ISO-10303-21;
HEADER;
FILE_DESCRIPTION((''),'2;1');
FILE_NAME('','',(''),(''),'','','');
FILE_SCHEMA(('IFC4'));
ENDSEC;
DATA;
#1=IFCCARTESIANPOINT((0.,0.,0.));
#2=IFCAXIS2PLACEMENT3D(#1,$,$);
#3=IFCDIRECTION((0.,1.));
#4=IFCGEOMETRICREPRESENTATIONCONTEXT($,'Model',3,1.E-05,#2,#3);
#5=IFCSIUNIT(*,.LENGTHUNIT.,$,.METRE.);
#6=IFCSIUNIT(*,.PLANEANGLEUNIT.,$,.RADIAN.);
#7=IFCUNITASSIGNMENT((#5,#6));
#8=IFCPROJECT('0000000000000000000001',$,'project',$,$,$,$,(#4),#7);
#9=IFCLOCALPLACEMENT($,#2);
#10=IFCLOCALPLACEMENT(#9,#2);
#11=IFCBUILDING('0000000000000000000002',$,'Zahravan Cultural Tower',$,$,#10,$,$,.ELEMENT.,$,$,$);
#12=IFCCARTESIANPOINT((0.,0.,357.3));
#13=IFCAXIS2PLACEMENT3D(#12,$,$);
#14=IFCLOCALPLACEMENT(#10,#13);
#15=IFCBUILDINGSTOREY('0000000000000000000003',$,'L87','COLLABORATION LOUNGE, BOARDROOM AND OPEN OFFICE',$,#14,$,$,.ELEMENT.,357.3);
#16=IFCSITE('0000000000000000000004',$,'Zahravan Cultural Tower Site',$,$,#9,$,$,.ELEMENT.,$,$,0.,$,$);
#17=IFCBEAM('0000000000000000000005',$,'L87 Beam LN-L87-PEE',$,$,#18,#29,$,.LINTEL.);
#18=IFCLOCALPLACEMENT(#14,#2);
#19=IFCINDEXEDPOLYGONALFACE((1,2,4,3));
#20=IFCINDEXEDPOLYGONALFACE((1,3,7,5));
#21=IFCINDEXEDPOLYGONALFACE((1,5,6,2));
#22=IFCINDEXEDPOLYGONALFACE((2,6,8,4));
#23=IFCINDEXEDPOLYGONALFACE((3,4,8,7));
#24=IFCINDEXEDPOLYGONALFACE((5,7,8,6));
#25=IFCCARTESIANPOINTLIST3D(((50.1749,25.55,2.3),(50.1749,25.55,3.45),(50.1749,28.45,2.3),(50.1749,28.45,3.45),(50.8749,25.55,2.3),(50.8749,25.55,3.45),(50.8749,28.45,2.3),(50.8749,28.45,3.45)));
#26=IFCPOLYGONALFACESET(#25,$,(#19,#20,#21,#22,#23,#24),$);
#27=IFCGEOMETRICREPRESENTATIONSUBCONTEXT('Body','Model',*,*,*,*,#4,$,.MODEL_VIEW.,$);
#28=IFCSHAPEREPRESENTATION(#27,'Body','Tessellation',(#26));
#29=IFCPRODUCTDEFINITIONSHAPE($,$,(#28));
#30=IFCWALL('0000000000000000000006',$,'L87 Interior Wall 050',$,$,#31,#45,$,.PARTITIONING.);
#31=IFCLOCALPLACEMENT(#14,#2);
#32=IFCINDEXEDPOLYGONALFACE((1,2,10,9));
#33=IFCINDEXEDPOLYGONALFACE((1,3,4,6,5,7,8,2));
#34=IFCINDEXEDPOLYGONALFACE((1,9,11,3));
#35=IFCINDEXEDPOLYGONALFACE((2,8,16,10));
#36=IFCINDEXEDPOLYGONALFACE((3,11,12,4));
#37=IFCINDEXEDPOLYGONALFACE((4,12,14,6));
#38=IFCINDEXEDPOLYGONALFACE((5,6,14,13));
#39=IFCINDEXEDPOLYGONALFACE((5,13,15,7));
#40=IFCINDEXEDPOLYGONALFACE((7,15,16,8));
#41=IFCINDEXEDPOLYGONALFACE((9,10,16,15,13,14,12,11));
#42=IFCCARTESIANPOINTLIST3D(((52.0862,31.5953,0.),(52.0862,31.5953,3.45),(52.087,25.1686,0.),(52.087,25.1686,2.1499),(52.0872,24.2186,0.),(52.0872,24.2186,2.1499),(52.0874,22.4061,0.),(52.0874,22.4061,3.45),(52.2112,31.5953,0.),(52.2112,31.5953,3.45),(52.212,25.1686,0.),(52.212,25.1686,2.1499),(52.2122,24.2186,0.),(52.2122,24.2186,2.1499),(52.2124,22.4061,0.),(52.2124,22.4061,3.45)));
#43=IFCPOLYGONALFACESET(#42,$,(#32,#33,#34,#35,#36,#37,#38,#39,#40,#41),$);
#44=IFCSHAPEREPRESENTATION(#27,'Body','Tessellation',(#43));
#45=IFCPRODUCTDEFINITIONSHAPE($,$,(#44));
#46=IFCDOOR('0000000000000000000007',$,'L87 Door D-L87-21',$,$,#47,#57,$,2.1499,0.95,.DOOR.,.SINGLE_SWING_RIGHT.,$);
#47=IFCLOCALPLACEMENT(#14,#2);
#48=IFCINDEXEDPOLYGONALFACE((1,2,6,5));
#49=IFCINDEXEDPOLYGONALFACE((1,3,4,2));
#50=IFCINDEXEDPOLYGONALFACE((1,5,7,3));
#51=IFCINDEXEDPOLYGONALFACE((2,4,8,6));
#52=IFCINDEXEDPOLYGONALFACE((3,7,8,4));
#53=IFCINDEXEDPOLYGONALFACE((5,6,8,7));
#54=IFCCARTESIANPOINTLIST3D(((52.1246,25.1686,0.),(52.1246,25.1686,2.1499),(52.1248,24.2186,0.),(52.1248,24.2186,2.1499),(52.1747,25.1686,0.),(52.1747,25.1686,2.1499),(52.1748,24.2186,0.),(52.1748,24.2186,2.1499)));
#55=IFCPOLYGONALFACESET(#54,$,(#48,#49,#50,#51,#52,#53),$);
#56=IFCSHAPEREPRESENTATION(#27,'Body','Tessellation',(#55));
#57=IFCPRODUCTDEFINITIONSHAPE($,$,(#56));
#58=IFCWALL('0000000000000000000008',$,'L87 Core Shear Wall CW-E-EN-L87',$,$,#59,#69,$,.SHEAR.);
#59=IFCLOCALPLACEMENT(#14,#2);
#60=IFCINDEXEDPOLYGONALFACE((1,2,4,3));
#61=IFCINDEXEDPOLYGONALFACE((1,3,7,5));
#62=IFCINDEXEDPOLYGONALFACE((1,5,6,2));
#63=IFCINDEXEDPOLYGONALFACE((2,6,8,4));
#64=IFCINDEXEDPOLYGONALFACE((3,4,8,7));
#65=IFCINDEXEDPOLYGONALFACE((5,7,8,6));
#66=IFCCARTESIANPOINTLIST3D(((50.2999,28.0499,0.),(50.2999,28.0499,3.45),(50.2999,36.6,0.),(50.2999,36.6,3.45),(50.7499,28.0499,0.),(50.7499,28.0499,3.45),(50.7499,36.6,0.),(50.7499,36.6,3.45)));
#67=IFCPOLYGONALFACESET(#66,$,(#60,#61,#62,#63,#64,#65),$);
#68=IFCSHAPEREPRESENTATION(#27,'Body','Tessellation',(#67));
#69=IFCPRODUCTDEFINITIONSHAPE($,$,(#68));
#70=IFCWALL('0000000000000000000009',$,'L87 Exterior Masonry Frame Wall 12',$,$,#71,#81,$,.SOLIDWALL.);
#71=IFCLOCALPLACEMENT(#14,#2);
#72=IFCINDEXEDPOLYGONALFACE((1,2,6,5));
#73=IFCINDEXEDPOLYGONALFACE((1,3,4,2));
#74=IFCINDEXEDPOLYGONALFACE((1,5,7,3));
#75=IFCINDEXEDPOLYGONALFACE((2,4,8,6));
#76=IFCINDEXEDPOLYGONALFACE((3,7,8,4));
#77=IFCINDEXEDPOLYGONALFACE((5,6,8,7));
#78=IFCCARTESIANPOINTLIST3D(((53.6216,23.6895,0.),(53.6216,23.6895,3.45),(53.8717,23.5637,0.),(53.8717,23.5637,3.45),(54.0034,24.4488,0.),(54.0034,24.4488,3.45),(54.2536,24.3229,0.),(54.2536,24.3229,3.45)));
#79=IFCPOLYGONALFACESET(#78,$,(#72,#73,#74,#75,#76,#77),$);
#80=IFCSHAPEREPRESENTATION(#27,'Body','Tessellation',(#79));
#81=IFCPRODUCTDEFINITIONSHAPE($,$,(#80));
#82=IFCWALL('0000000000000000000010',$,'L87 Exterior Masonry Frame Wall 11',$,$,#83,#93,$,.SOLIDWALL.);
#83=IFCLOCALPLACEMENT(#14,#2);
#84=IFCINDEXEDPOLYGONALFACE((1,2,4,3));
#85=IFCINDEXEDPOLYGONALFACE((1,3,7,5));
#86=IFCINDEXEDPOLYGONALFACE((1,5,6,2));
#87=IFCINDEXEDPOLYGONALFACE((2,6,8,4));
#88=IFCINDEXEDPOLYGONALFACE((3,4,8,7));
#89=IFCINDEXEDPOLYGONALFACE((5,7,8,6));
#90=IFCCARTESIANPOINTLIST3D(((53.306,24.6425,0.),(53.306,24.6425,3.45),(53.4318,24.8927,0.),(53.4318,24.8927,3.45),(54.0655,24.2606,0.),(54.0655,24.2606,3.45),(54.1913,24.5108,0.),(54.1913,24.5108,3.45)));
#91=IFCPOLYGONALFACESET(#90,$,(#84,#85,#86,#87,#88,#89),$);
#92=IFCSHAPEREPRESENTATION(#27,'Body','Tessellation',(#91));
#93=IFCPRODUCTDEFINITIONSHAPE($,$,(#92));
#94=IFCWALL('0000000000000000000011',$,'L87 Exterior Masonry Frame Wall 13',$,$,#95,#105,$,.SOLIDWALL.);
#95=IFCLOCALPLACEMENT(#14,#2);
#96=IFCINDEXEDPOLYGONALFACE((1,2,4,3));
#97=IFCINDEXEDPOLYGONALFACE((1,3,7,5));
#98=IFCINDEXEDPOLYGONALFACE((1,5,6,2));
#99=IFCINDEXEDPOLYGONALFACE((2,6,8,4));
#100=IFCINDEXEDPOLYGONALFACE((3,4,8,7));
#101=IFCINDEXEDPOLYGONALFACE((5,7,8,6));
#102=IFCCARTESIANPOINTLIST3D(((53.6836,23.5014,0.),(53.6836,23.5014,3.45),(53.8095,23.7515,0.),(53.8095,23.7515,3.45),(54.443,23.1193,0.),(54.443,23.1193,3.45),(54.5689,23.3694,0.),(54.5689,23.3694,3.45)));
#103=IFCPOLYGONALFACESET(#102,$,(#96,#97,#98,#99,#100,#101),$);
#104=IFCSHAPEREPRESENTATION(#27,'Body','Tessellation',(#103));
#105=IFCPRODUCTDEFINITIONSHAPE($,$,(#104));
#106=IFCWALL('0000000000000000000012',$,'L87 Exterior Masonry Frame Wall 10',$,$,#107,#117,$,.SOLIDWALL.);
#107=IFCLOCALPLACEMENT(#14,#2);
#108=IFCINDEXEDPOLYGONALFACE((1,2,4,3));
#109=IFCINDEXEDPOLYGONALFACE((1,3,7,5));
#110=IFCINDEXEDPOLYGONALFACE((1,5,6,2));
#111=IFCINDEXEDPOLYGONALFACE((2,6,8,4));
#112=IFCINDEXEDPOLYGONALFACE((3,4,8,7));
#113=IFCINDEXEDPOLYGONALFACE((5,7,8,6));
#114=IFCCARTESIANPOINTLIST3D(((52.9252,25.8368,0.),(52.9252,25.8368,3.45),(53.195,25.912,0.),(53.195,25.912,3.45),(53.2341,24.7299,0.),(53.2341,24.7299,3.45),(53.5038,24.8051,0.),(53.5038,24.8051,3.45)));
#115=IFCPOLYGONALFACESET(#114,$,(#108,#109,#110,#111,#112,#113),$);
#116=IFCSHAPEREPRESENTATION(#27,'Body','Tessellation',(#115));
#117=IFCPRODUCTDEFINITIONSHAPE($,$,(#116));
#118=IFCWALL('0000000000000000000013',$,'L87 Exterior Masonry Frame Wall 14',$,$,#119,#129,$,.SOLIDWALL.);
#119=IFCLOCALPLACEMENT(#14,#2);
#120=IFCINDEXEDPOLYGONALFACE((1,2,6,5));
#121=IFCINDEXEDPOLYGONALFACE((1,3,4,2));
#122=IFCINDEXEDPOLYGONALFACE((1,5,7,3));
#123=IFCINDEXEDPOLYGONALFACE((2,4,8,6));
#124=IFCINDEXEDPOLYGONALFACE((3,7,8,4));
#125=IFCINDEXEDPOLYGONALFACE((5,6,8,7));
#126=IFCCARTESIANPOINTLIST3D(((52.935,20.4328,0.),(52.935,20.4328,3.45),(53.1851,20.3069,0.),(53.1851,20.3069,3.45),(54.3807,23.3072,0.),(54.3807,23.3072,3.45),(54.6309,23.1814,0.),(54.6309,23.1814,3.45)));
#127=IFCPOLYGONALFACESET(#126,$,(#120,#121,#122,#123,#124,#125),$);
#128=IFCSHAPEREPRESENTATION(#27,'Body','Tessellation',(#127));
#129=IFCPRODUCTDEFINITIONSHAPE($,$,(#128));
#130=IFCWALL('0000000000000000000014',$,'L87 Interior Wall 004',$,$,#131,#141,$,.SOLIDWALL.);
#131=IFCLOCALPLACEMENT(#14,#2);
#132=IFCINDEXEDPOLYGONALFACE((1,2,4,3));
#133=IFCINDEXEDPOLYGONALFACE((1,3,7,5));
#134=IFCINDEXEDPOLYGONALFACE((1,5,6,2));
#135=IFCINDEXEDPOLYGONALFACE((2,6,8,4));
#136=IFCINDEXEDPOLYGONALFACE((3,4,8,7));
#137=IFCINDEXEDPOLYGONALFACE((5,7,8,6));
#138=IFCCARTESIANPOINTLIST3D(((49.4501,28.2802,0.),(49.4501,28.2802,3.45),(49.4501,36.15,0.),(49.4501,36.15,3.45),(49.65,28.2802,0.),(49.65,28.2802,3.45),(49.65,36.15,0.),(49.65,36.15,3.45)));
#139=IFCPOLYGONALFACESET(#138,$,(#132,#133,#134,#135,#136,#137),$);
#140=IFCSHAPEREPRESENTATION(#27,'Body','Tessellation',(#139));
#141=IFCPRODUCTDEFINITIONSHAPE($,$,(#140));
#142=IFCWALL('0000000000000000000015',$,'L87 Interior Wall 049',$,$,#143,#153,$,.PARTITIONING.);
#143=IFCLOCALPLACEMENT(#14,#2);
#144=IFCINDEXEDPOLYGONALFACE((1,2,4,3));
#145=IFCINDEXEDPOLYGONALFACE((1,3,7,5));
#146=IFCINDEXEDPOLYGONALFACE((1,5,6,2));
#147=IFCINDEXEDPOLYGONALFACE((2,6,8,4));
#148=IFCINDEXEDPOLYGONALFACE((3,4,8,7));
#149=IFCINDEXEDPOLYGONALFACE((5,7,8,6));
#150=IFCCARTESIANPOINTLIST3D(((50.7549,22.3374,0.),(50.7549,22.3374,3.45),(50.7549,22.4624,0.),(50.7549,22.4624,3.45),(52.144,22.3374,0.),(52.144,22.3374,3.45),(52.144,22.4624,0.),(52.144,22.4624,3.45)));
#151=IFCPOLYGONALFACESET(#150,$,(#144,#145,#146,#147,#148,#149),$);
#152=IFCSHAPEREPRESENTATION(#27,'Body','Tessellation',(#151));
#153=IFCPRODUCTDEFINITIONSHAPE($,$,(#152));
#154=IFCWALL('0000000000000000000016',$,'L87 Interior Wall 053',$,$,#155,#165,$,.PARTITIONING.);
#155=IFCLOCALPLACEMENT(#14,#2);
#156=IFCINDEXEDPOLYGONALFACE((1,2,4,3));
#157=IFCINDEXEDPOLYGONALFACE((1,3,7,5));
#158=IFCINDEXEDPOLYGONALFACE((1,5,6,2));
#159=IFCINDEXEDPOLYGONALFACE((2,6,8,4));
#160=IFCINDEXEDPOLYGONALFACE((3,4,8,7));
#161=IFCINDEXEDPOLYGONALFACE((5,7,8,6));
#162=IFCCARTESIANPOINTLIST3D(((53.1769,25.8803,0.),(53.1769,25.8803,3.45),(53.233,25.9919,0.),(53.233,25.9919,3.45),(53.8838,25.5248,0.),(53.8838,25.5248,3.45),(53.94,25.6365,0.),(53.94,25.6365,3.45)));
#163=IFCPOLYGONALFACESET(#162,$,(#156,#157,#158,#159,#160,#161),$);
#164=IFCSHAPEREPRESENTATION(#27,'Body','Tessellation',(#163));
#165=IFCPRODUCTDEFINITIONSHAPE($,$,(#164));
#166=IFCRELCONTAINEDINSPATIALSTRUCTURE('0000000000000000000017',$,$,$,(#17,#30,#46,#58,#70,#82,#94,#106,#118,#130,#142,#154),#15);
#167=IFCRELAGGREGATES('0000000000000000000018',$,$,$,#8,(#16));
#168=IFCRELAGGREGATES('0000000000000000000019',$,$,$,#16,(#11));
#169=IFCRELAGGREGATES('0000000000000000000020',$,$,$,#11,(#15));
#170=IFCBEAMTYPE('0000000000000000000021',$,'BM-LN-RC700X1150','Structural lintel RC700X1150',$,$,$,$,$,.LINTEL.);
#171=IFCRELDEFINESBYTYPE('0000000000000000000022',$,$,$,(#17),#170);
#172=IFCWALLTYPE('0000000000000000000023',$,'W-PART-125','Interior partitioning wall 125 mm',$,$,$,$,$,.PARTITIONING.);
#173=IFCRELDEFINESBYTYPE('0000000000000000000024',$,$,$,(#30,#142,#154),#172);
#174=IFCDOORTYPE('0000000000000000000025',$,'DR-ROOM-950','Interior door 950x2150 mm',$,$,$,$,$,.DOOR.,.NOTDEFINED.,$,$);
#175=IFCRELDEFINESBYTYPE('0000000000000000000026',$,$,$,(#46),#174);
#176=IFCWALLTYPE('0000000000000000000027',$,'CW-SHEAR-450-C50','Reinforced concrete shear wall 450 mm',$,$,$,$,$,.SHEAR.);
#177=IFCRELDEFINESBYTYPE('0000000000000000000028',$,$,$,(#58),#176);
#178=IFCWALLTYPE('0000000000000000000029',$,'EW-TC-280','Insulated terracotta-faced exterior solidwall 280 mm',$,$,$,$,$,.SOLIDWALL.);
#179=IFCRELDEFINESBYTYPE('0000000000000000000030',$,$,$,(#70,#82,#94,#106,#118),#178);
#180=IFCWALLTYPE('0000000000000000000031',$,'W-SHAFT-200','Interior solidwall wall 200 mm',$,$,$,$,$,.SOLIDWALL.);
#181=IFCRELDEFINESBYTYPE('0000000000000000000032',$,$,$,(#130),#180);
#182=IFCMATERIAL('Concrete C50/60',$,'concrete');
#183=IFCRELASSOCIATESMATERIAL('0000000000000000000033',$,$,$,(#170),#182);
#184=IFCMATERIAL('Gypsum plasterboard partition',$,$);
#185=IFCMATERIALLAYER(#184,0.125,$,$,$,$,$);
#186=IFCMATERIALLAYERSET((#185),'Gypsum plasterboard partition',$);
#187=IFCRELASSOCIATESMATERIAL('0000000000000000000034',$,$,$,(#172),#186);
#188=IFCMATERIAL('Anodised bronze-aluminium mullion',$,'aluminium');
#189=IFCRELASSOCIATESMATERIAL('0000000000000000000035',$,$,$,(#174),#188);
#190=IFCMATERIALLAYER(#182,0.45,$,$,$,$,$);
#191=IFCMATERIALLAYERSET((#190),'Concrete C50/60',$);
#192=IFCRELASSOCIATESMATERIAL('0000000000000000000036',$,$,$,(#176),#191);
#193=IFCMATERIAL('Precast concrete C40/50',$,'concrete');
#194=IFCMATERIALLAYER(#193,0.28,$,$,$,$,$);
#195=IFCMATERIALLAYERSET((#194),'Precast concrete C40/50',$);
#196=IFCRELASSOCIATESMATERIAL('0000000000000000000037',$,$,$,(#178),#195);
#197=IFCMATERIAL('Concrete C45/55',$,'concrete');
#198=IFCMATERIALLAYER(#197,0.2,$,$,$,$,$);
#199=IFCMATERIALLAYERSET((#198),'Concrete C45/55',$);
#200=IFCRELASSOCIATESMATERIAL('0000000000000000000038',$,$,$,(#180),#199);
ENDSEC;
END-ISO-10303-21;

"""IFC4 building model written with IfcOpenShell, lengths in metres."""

from ifc_helpers import new_model, si_unit, direction, frame, frame_2d, origin, origin_2d, place, context, subcontext, project, spatial, rectangle, extrude, source, transform, mapped, material, layer, layer_set, material_profile, profile_set, type_object, element, fill, save


model = new_model("IFC4")

# Units and contexts
model_context = context("Model", 3, precision=1e-05, world=origin(), true_north=direction((0.0, 1.0)))
body_context = subcontext(model_context, "Body", "Model", "MODEL_VIEW")
ifc_project = project(units=[si_unit("LENGTHUNIT", "METRE"), si_unit("PLANEANGLEUNIT", "RADIAN")], contexts=[model_context])

# Site, building, storey
site_placement = place(None, origin())
site = spatial("IfcSite", under=ifc_project, at=site_placement, Name="Zahravan Cultural Tower Site", CompositionType="ELEMENT", RefElevation=0.0)
building_placement = place(site_placement, origin())
building = spatial("IfcBuilding", under=site, at=building_placement, Name="Zahravan Cultural Tower", CompositionType="ELEMENT")
storey_placement = place(building_placement, frame((0.0, 0.0, 357.3)))
storey = spatial("IfcBuildingStorey", under=building, at=storey_placement, Name="L87", Description="COLLABORATION LOUNGE, BOARDROOM AND OPEN OFFICE", CompositionType="ELEMENT", Elevation=357.3)

# Beam
ifc_material_1 = material(Name="Concrete C50/60", Category="concrete")
ifc_material_profile = material_profile(ifc_material_1, rectangle(XDim=0.7, YDim=1.1499, at=origin_2d()), Name="RC700X1150")
ifc_profile_set = profile_set([ifc_material_profile], Name="Concrete C50/60")
beam_type = type_object("IfcBeamType", Name="BM-LN-RC700X1150", Description="Structural lintel RC700X1150", PredefinedType="LINTEL", material=ifc_profile_set)
shared_shape_1 = source(origin(), body_context, "Body", "SweptSolid", [
    extrude(rectangle(XDim=0.7, YDim=1.1499, at=origin_2d()), origin(), (0.0, 0.0, 1.0), 2.8999),
])
beam_placement = place(storey_placement, frame((50.5249, 25.55, 2.875), z_axis=(0.0, 1.0, 0.0), x_axis=(-1.0, 0.0, 0.0)))
element("IfcBeam", 1, at=beam_placement, inside=storey, type_object=beam_type, Name="L87 Beam LN-L87-PEE", PredefinedType="LINTEL", context=body_context, shape_type="MappedRepresentation", body=[
    mapped(shared_shape_1, transform((0.0, 0.0, 0.0), x_axis=(1.0, 0.0, 0.0), y_axis=(0.0, 1.0, 0.0), z_axis=(0.0, 0.0, 1.0), scale=1.0)),
])

# Wall, opening, door
ifc_material_2 = material(Name="Gypsum plasterboard partition")
ifc_layer_1 = layer(ifc_material_2, 0.125)
ifc_layer_set_1 = layer_set([ifc_layer_1], Name="Gypsum plasterboard partition")
wall_type_1 = type_object("IfcWallType", Name="W-PART-125", Description="Interior partitioning wall 125 mm", PredefinedType="PARTITIONING", material=ifc_layer_set_1)
wall_1_placement = place(storey_placement, frame((52.1499, 22.406, 0.0), z_axis=(0.0, 0.0, 1.0), x_axis=(-0.000133, 1.0, 0.0)))
wall_1 = element("IfcWall", 2, at=wall_1_placement, inside=storey, type_object=wall_type_1, Name="L87 Interior Wall 050", PredefinedType="PARTITIONING", context=body_context, shape_type="SweptSolid", body=[
    extrude(rectangle(XDim=9.1892, YDim=0.125, at=frame_2d((4.5947, 0.0))), origin(), (0.0, 0.0, 1.0), 3.45),
])
opening_placement = place(wall_1_placement, frame((1.8125, 0.0, 0.0)))
opening = element("IfcOpeningElement", 3, at=opening_placement, cuts=wall_1, PredefinedType="OPENING", context=body_context, shape_type="SweptSolid", body=[
    extrude(rectangle(XDim=0.95, YDim=2.1499, at=frame_2d((0.4751, 1.075))), frame((0.0, 0.0725, 0.0), z_axis=(0.0, -1.0, 0.0), x_axis=(1.0, 0.0, 0.0)), (0.0, 0.0, 1.0), 0.145),
])
ifc_material_3 = material(Name="Anodised bronze-aluminium mullion", Category="aluminium")
door_type = type_object("IfcDoorType", Name="DR-ROOM-950", Description="Interior door 950x2150 mm", OperationType="NOTDEFINED", PredefinedType="DOOR", material=ifc_material_3)
shared_shape_2 = source(origin(), body_context, "Body", "SweptSolid", [
    extrude(rectangle(XDim=0.95, YDim=2.1499, at=frame_2d((0.4751, 1.075))), frame((0.0, 0.0249, 0.0), z_axis=(0.0, -1.0, 0.0), x_axis=(1.0, 0.0, 0.0)), (0.0, 0.0, 1.0), 0.05),
])
door_placement = place(opening_placement, origin())
door = element("IfcDoor", 4, at=door_placement, inside=storey, type_object=door_type, Name="L87 Door D-L87-21", OperationType="SINGLE_SWING_RIGHT", OverallHeight=2.1499, OverallWidth=0.95, PredefinedType="DOOR", context=body_context, shape_type="MappedRepresentation", body=[
    mapped(shared_shape_2, transform((0.0, 0.0, 0.0), x_axis=(1.0, 0.0, 0.0), y_axis=(0.0, 1.0, 0.0), z_axis=(0.0, 0.0, 1.0), scale=1.0)),
])
fill(opening, door)

# Walls
ifc_layer_2 = layer(ifc_material_1, 0.45)
ifc_layer_set_2 = layer_set([ifc_layer_2], Name="Concrete C50/60")
wall_type_2 = type_object("IfcWallType", Name="CW-SHEAR-450-C50", Description="Reinforced concrete shear wall 450 mm", PredefinedType="SHEAR", material=ifc_layer_set_2)
shared_shape_3 = source(origin(), body_context, "Body", "SweptSolid", [
    extrude(rectangle(XDim=8.55, YDim=0.45, at=frame_2d((4.2749, 0.0))), origin(), (0.0, 0.0, 1.0), 3.45),
])
wall_2_placement = place(storey_placement, frame((50.5249, 28.05, 0.0), z_axis=(0.0, 0.0, 1.0), x_axis=(0.0, 1.0, 0.0)))
element("IfcWall", 5, at=wall_2_placement, inside=storey, type_object=wall_type_2, Name="L87 Core Shear Wall CW-E-EN-L87", PredefinedType="SHEAR", context=body_context, shape_type="MappedRepresentation", body=[
    mapped(shared_shape_3, transform((0.0, 0.0, 0.0), x_axis=(1.0, 0.0, 0.0), y_axis=(0.0, 1.0, 0.0), z_axis=(0.0, 0.0, 1.0), scale=1.0)),
])
ifc_material_4 = material(Name="Precast concrete C40/50", Category="concrete")
ifc_layer_3 = layer(ifc_material_4, 0.28)
ifc_layer_set_3 = layer_set([ifc_layer_3], Name="Precast concrete C40/50")
wall_type_3 = type_object("IfcWallType", Name="EW-TC-280", Description="Insulated terracotta-faced exterior solidwall 280 mm", PredefinedType="SOLIDWALL", material=ifc_layer_set_3)
shared_shape_4 = source(origin(), body_context, "Body", "SweptSolid", [
    extrude(rectangle(XDim=0.8499, YDim=0.28, at=frame_2d((0.4248, 0.0))), origin(), (0.0, 0.0, 1.0), 3.45),
])
wall_3_placement = place(storey_placement, frame((54.1284, 24.3857, 0.0), z_axis=(0.0, 0.0, 1.0), x_axis=(-0.449281, -0.893391, 0.0)))
element("IfcWall", 6, at=wall_3_placement, inside=storey, type_object=wall_type_3, Name="L87 Exterior Masonry Frame Wall 12", PredefinedType="SOLIDWALL", context=body_context, shape_type="MappedRepresentation", body=[
    mapped(shared_shape_4, transform((0.0, 0.0, 0.0), x_axis=(1.0, 0.0, 0.0), y_axis=(0.0, 1.0, 0.0), z_axis=(0.0, 0.0, 1.0), scale=1.0)),
])
shared_shape_5 = source(origin(), body_context, "Body", "SweptSolid", [
    extrude(rectangle(XDim=0.8501, YDim=0.28, at=frame_2d((0.425, 0.0))), origin(), (0.0, 0.0, 1.0), 3.45),
])
for number, where, z_axis, x_axis, name in (
    (7, (53.3689, 24.7676, 0.0), (0.0, 0.0, 1.0), (0.893449, -0.449165, 0.0), "L87 Exterior Masonry Frame Wall 11"),
    (8, (53.7466, 23.6265, 0.0), (0.0, 0.0, 1.0), (0.893275, -0.44951, 0.0), "L87 Exterior Masonry Frame Wall 13"),
):
    element("IfcWall", number, at=place(storey_placement, frame(where, z_axis=z_axis, x_axis=x_axis)), inside=storey, type_object=wall_type_3, Name=name, PredefinedType="SOLIDWALL", context=body_context, shape_type="MappedRepresentation", body=[
        mapped(shared_shape_5, transform((0.0, 0.0, 0.0), x_axis=(1.0, 0.0, 0.0), y_axis=(0.0, 1.0, 0.0), z_axis=(0.0, 0.0, 1.0), scale=1.0)),
    ])
shared_shape_6 = source(origin(), body_context, "Body", "SweptSolid", [
    extrude(rectangle(XDim=1.1492, YDim=0.28, at=frame_2d((0.5747, 0.0))), origin(), (0.0, 0.0, 1.0), 3.45),
])
wall_4_placement = place(storey_placement, frame((53.0601, 25.8745, 0.0), z_axis=(0.0, 0.0, 1.0), x_axis=(0.268739, -0.963213, 0.0)))
element("IfcWall", 9, at=wall_4_placement, inside=storey, type_object=wall_type_3, Name="L87 Exterior Masonry Frame Wall 10", PredefinedType="SOLIDWALL", context=body_context, shape_type="MappedRepresentation", body=[
    mapped(shared_shape_6, transform((0.0, 0.0, 0.0), x_axis=(1.0, 0.0, 0.0), y_axis=(0.0, 1.0, 0.0), z_axis=(0.0, 0.0, 1.0), scale=1.0)),
])
shared_shape_7 = source(origin(), body_context, "Body", "SweptSolid", [
    extrude(rectangle(XDim=3.2175, YDim=0.28, at=frame_2d((1.6089, 0.0))), origin(), (0.0, 0.0, 1.0), 3.45),
])
wall_5_placement = place(storey_placement, frame((54.5059, 23.2444, 0.0), z_axis=(0.0, 0.0, 1.0), x_axis=(-0.449337, -0.893362, 0.0)))
element("IfcWall", 10, at=wall_5_placement, inside=storey, type_object=wall_type_3, Name="L87 Exterior Masonry Frame Wall 14", PredefinedType="SOLIDWALL", context=body_context, shape_type="MappedRepresentation", body=[
    mapped(shared_shape_7, transform((0.0, 0.0, 0.0), x_axis=(1.0, 0.0, 0.0), y_axis=(0.0, 1.0, 0.0), z_axis=(0.0, 0.0, 1.0), scale=1.0)),
])
ifc_material_5 = material(Name="Concrete C45/55", Category="concrete")
ifc_layer_4 = layer(ifc_material_5, 0.2)
ifc_layer_set_4 = layer_set([ifc_layer_4], Name="Concrete C45/55")
wall_type_4 = type_object("IfcWallType", Name="W-SHAFT-200", Description="Interior solidwall wall 200 mm", PredefinedType="SOLIDWALL", material=ifc_layer_set_4)
shared_shape_8 = source(origin(), body_context, "Body", "SweptSolid", [
    extrude(rectangle(XDim=7.8699, YDim=0.2, at=frame_2d((3.9351, 0.0))), origin(), (0.0, 0.0, 1.0), 3.45),
])
wall_6_placement = place(storey_placement, frame((49.55, 28.28, 0.0), z_axis=(0.0, 0.0, 1.0), x_axis=(0.0, 1.0, 0.0)))
element("IfcWall", 11, at=wall_6_placement, inside=storey, type_object=wall_type_4, Name="L87 Interior Wall 004", PredefinedType="SOLIDWALL", context=body_context, shape_type="MappedRepresentation", body=[
    mapped(shared_shape_8, transform((0.0, 0.0, 0.0), x_axis=(1.0, 0.0, 0.0), y_axis=(0.0, 1.0, 0.0), z_axis=(0.0, 0.0, 1.0), scale=1.0)),
])
shared_shape_9 = source(origin(), body_context, "Body", "SweptSolid", [
    extrude(rectangle(XDim=1.3892, YDim=0.125, at=frame_2d((0.6946, 0.0))), origin(), (0.0, 0.0, 1.0), 3.45),
])
wall_7_placement = place(storey_placement, frame((50.7549, 22.3999, 0.0), z_axis=(0.0, 0.0, 1.0), x_axis=(1.0, 0.0, 0.0)))
element("IfcWall", 12, at=wall_7_placement, inside=storey, type_object=wall_type_1, Name="L87 Interior Wall 049", PredefinedType="PARTITIONING", context=body_context, shape_type="MappedRepresentation", body=[
    mapped(shared_shape_9, transform((0.0, 0.0, 0.0), x_axis=(1.0, 0.0, 0.0), y_axis=(0.0, 1.0, 0.0), z_axis=(0.0, 0.0, 1.0), scale=1.0)),
])
shared_shape_10 = source(origin(), body_context, "Body", "SweptSolid", [
    extrude(rectangle(XDim=0.7913, YDim=0.125, at=frame_2d((0.3955, 0.0))), origin(), (0.0, 0.0, 1.0), 3.45),
])
wall_8_placement = place(storey_placement, frame((53.2051, 25.936, 0.0), z_axis=(0.0, 0.0, 1.0), x_axis=(0.893438, -0.449187, 0.0)))
element("IfcWall", 13, at=wall_8_placement, inside=storey, type_object=wall_type_1, Name="L87 Interior Wall 053", PredefinedType="PARTITIONING", context=body_context, shape_type="MappedRepresentation", body=[
    mapped(shared_shape_10, transform((0.0, 0.0, 0.0), x_axis=(1.0, 0.0, 0.0), y_axis=(0.0, 1.0, 0.0), z_axis=(0.0, 0.0, 1.0), scale=1.0)),
])

save(model, "model.ifc")
